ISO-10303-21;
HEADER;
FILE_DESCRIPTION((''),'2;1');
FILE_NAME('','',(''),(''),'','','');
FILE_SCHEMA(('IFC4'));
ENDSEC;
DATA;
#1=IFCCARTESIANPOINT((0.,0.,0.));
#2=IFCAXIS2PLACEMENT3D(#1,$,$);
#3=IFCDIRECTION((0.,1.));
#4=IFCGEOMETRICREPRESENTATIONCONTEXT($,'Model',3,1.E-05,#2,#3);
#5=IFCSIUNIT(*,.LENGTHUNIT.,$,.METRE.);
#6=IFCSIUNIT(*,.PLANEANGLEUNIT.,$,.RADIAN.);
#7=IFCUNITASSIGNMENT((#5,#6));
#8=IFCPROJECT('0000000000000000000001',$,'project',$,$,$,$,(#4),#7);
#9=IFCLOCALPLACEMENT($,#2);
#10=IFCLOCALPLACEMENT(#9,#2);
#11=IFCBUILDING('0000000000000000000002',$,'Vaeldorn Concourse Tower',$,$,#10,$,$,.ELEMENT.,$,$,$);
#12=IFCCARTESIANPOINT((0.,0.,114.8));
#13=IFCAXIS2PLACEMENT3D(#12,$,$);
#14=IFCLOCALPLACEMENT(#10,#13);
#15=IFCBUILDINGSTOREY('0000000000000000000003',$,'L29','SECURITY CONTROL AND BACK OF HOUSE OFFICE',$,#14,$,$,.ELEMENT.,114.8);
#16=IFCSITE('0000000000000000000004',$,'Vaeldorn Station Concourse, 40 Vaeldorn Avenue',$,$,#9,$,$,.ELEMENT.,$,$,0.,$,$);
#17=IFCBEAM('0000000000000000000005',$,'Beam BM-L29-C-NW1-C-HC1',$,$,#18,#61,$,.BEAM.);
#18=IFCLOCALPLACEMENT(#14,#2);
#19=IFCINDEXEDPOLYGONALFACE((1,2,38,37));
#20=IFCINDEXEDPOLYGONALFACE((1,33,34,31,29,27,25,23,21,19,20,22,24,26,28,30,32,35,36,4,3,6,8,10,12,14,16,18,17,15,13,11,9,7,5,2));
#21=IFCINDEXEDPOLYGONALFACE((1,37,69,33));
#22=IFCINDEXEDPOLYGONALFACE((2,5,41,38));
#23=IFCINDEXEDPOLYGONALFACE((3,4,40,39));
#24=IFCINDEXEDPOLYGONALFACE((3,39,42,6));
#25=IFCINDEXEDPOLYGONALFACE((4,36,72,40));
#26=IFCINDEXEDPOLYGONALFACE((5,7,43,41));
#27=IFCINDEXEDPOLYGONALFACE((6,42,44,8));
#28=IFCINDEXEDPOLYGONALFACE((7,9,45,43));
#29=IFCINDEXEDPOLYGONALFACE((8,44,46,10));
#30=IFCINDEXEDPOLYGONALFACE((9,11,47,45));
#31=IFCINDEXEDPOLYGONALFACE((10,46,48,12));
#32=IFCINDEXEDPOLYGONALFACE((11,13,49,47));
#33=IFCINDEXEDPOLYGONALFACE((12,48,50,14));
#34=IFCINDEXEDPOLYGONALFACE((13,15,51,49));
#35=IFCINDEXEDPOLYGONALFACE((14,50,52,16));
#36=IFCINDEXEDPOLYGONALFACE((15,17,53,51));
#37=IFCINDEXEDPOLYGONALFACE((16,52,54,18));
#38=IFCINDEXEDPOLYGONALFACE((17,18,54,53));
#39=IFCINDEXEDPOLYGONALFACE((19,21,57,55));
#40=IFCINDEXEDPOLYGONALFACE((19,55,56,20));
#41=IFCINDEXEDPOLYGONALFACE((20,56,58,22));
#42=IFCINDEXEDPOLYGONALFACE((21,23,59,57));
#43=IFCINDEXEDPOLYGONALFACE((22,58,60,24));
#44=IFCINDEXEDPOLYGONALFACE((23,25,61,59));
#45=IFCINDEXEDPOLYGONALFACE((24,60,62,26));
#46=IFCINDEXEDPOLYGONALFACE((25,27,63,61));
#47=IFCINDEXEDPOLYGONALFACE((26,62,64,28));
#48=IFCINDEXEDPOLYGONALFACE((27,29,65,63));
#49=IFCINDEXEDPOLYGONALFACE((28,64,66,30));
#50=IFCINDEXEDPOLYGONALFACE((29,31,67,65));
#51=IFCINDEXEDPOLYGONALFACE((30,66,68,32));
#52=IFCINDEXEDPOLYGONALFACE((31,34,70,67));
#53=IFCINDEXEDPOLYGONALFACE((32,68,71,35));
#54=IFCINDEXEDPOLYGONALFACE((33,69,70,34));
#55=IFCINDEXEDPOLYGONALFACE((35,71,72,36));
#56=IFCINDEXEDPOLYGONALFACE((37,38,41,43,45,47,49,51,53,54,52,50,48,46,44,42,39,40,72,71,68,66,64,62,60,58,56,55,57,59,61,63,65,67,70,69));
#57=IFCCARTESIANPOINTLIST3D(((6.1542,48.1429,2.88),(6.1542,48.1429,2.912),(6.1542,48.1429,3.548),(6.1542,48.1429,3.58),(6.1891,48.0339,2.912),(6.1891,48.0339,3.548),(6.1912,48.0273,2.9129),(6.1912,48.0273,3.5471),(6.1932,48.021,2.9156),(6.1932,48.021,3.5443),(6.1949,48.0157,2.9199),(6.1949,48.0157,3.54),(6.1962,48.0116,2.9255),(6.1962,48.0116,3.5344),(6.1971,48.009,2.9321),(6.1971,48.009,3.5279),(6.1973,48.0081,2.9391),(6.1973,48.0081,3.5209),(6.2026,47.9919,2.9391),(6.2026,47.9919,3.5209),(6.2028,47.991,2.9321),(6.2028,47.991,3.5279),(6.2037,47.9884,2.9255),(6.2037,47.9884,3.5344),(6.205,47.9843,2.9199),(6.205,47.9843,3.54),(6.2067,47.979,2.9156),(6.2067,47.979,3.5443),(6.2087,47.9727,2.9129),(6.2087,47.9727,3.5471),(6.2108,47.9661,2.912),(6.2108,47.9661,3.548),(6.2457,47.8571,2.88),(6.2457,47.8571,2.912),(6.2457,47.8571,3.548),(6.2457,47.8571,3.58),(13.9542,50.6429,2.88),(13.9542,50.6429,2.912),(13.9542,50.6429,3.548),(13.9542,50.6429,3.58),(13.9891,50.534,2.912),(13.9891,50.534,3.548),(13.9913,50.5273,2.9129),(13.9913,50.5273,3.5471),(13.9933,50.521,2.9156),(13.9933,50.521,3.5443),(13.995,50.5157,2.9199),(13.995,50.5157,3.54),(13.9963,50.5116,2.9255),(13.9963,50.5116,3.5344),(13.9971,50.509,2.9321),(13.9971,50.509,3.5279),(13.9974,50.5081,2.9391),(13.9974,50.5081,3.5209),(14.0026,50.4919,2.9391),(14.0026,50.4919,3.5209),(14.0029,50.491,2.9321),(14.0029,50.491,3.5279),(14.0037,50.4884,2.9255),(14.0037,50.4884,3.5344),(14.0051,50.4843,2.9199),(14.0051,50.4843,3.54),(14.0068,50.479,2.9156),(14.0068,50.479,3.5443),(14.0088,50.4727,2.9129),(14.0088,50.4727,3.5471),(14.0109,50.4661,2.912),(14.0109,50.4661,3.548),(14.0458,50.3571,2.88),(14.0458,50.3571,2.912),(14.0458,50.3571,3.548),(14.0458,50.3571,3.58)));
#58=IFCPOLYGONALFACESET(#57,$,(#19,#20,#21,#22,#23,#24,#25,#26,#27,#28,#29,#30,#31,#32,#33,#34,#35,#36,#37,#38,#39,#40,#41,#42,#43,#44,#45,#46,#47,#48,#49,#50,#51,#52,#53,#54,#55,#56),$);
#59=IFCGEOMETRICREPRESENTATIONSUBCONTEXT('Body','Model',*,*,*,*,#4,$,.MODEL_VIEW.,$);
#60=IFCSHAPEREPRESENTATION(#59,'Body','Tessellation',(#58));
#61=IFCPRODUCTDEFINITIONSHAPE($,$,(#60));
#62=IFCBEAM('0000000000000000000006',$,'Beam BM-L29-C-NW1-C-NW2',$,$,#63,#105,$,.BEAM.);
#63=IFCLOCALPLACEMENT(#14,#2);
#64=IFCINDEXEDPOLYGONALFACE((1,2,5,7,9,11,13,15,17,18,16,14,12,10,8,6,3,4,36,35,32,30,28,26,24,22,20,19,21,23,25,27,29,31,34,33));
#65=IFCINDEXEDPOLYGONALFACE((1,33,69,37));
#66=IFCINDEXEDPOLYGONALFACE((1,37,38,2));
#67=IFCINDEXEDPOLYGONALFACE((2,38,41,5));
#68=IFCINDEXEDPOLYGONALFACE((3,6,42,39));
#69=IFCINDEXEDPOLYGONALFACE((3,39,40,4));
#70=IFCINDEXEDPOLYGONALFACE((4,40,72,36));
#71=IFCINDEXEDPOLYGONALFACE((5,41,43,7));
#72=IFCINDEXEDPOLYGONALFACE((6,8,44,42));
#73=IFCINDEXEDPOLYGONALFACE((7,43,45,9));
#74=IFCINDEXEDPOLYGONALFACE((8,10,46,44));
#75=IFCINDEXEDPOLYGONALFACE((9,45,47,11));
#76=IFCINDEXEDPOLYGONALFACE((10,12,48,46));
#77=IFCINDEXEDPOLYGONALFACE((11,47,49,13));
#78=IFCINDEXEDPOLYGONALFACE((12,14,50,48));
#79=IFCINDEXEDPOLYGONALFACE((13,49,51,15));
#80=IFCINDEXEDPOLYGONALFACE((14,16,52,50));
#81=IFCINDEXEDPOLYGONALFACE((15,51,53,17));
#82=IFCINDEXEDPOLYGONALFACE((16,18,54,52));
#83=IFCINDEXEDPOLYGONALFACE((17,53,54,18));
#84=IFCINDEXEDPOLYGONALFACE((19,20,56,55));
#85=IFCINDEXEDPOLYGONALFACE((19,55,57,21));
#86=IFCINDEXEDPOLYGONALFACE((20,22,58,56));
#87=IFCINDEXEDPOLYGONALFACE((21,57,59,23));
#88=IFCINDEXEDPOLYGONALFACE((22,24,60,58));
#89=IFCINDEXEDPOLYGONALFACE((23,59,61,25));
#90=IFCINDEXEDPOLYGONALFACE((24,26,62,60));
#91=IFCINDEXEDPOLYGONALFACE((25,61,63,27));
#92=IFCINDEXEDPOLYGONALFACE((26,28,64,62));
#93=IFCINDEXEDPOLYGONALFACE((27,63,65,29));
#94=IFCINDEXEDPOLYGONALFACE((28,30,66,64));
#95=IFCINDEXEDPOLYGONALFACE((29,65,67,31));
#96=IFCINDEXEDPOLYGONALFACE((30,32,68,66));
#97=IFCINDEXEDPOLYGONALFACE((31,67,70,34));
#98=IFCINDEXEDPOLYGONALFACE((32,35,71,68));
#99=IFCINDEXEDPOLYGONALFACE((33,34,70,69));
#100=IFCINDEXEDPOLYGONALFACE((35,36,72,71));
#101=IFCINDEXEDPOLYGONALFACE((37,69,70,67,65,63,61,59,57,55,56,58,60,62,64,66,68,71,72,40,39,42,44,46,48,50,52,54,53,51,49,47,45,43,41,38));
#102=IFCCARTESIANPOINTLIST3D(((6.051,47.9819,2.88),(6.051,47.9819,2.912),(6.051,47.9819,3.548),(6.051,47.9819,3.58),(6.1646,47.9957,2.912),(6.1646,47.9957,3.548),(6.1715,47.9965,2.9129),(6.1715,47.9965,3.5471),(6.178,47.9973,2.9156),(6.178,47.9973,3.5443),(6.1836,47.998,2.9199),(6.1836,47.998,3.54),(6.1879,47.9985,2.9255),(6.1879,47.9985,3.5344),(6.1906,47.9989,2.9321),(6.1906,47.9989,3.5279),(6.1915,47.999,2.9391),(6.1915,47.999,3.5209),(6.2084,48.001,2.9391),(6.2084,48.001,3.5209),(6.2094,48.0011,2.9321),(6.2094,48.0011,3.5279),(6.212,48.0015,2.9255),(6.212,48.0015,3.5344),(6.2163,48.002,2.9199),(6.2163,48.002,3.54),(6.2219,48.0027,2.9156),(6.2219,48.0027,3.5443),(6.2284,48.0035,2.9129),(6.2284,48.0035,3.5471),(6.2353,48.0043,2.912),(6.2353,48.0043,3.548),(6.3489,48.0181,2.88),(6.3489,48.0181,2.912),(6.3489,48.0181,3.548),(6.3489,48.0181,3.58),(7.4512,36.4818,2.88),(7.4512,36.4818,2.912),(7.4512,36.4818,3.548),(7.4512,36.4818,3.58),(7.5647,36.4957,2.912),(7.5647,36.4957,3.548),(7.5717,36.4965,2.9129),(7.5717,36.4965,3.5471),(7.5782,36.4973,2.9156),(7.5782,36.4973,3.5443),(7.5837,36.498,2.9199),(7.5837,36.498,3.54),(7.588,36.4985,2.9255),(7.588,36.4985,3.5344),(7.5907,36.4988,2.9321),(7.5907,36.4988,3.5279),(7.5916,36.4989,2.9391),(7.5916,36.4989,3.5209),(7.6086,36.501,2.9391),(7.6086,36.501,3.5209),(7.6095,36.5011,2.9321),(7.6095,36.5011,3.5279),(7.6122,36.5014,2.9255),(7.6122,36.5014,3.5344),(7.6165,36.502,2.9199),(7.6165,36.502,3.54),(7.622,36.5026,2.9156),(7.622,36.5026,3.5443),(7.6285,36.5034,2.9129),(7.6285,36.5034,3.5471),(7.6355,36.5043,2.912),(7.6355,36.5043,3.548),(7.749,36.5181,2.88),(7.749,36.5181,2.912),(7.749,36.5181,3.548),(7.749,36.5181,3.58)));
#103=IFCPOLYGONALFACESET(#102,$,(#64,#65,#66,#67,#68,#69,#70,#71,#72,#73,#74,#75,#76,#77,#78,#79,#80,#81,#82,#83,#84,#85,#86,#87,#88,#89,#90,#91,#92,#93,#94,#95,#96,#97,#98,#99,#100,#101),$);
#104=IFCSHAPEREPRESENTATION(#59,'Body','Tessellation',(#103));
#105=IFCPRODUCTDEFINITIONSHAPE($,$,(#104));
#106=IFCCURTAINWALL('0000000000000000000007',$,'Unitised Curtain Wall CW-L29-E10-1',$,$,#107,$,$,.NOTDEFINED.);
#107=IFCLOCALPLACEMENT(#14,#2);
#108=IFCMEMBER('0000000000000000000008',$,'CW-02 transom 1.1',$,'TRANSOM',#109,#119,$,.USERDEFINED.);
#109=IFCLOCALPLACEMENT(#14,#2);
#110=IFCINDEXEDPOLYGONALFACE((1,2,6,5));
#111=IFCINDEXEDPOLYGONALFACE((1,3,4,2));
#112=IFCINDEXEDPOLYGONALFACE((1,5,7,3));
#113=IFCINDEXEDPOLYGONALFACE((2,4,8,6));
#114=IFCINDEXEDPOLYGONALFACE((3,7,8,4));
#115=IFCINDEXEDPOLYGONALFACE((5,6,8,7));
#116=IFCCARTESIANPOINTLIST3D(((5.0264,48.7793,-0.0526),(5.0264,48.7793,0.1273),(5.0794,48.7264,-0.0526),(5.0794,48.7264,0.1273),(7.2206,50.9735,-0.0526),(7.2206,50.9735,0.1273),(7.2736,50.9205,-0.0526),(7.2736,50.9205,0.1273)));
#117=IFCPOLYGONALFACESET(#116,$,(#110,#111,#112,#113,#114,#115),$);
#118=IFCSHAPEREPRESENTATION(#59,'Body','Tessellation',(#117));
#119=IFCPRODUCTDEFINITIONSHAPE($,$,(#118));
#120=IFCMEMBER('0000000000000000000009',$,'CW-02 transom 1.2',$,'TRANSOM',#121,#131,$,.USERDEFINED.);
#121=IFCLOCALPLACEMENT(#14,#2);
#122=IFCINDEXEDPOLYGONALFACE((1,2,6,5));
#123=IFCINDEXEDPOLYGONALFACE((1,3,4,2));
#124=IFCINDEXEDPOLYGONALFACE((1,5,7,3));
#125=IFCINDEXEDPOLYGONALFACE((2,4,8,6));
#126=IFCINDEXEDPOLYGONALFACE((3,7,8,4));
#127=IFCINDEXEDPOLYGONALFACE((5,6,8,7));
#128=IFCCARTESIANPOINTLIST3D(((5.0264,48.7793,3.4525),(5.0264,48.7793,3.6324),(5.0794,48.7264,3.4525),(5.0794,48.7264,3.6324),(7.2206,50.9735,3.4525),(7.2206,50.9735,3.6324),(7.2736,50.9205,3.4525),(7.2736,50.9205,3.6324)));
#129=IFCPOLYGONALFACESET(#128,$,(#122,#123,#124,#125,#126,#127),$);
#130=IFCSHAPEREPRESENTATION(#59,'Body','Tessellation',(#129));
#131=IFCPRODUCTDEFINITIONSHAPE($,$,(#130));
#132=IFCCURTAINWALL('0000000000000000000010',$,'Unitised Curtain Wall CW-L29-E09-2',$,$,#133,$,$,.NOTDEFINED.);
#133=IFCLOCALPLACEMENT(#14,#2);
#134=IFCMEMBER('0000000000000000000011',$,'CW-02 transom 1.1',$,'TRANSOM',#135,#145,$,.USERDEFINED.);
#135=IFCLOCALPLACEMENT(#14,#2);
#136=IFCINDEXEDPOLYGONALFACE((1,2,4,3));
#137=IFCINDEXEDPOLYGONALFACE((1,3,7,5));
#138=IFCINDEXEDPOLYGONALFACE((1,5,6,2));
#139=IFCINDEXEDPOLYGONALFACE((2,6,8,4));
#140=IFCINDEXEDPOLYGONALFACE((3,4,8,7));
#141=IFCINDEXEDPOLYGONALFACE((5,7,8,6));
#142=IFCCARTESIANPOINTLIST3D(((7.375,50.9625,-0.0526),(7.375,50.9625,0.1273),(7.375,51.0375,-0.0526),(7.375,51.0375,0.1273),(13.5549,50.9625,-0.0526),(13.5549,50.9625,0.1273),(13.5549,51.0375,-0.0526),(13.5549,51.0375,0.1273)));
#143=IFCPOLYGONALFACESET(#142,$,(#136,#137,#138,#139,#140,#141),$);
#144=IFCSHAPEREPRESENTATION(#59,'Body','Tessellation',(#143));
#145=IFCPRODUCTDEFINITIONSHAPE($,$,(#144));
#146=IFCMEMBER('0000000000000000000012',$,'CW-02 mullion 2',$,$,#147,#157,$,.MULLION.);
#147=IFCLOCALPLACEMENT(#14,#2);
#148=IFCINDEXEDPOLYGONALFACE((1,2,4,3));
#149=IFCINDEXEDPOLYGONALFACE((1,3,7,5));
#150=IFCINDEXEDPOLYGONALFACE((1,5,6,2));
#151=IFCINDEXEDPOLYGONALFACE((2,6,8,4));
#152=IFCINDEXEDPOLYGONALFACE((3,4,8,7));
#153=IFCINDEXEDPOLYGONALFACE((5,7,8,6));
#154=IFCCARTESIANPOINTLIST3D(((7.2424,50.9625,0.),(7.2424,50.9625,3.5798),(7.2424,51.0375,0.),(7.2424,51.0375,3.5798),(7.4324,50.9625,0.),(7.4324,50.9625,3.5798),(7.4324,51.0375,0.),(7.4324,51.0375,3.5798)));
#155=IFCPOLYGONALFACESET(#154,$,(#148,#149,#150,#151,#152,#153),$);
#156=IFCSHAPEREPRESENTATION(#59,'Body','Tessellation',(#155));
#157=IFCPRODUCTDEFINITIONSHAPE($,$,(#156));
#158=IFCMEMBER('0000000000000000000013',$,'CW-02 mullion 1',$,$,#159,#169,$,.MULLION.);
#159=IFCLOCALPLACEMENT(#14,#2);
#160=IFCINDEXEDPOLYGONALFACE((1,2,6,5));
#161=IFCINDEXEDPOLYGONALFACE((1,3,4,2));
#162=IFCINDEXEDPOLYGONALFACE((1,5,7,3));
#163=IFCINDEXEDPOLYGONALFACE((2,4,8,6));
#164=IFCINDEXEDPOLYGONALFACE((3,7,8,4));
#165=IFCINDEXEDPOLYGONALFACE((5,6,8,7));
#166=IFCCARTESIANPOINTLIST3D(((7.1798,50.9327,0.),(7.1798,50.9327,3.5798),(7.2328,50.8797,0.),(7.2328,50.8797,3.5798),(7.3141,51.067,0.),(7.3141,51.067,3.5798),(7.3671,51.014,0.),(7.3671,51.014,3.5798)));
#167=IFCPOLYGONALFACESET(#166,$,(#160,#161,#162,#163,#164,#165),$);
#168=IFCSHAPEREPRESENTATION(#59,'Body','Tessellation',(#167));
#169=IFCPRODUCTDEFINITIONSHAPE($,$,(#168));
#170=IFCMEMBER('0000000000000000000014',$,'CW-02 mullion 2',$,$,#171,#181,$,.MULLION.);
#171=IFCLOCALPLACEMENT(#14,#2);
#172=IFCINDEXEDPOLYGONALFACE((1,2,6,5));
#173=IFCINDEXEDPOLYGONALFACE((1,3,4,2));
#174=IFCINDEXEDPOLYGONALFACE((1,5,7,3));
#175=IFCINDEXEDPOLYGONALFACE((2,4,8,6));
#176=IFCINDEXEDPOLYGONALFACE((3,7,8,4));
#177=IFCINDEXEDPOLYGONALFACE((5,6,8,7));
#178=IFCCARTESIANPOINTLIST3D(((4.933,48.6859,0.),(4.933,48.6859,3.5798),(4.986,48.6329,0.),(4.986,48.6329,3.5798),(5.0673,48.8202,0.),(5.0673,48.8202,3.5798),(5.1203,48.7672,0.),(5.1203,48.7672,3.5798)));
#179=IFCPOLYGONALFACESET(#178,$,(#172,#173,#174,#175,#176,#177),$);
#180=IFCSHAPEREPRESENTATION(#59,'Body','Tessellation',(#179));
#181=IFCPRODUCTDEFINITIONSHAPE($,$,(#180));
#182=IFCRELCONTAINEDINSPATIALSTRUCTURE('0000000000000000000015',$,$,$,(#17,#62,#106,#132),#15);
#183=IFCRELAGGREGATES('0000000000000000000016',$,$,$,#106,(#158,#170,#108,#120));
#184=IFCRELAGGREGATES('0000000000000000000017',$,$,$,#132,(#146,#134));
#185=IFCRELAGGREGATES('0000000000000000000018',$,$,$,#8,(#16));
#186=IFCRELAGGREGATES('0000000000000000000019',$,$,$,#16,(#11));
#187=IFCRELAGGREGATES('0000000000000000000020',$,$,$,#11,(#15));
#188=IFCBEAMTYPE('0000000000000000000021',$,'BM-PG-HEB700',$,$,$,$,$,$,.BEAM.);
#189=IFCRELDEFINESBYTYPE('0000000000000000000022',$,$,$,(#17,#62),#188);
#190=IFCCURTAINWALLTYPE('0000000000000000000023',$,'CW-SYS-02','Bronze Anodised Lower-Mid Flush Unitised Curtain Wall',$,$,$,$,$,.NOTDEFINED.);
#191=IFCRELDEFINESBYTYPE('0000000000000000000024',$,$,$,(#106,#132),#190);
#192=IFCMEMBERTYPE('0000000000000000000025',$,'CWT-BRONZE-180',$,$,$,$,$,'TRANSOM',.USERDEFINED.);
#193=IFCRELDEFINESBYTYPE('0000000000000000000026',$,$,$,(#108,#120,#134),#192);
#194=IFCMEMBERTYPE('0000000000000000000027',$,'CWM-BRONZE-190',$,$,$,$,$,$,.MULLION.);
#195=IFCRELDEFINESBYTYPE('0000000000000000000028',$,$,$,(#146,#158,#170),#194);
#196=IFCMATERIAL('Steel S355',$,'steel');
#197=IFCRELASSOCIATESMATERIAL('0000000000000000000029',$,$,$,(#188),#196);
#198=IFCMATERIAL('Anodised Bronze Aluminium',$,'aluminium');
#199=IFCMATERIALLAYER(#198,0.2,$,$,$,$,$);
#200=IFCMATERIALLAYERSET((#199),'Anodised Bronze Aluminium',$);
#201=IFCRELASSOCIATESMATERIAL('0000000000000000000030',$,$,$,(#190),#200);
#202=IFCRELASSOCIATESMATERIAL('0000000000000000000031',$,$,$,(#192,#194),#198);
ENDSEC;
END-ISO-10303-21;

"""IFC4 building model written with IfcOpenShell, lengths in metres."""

from ifc_helpers import new_model, si_unit, direction, frame, origin, origin_2d, place, context, subcontext, project, spatial, rectangle, i_section, extrude, source, transform, mapped, material, layer, layer_set, material_profile, profile_set, type_object, element, aggregate, save


model = new_model("IFC4")

# Units and contexts
model_context = context("Model", 3, precision=1e-05, world=origin(), true_north=direction((0.0, 1.0)))
body_context = subcontext(model_context, "Body", "Model", "MODEL_VIEW")
ifc_project = project(units=[si_unit("LENGTHUNIT", "METRE"), si_unit("PLANEANGLEUNIT", "RADIAN")], contexts=[model_context])

# Site, building, storey
site_placement = place(None, origin())
site = spatial("IfcSite", under=ifc_project, at=site_placement, Name="Vaeldorn Station Concourse, 40 Vaeldorn Avenue", CompositionType="ELEMENT", RefElevation=0.0)
building_placement = place(site_placement, origin())
building = spatial("IfcBuilding", under=site, at=building_placement, Name="Vaeldorn Concourse Tower", CompositionType="ELEMENT")
storey_placement = place(building_placement, frame((0.0, 0.0, 114.8)))
storey = spatial("IfcBuildingStorey", under=building, at=storey_placement, Name="L29", Description="SECURITY CONTROL AND BACK OF HOUSE OFFICE", CompositionType="ELEMENT", Elevation=114.8)

# Beams
ifc_material_1 = material(Name="Steel S355", Category="steel")
ifc_material_profile_1 = material_profile(ifc_material_1, i_section(OverallWidth=0.3, OverallDepth=0.7, WebThickness=0.0171, FlangeThickness=0.032, FilletRadius=0.0271, at=origin_2d()), Name="HEB 700")
ifc_profile_set_1 = profile_set([ifc_material_profile_1], Name="Steel S355")
beam_type_1 = type_object("IfcBeamType", Name="BM-PG-HEB700", PredefinedType="BEAM", material=ifc_profile_set_1)
shared_shape_1 = source(origin(), body_context, "Body", "SweptSolid", [
    extrude(i_section(OverallWidth=0.3, OverallDepth=0.7, WebThickness=0.0171, FlangeThickness=0.032, FilletRadius=0.0271, at=origin_2d()), origin(), (0.0, 0.0, 1.0), 8.1909),
])
beam_1_placement = place(storey_placement, frame((6.2, 48.0, 3.23), z_axis=(0.952283, 0.305217, 0.0), x_axis=(-0.305217, 0.952283, 0.0)))
element("IfcBeam", 1, at=beam_1_placement, inside=storey, type_object=beam_type_1, Name="Beam BM-L29-C-NW1-C-HC1", PredefinedType="BEAM", context=body_context, shape_type="MappedRepresentation", body=[
    mapped(shared_shape_1, transform((0.0, 0.0, 0.0), scale=1.0)),
])
shared_shape_2 = source(origin(), body_context, "Body", "SweptSolid", [
    extrude(i_section(OverallWidth=0.3, OverallDepth=0.7, WebThickness=0.0171, FlangeThickness=0.032, FilletRadius=0.0271, at=origin_2d()), origin(), (0.0, 0.0, 1.0), 11.585),
])
beam_2_placement = place(storey_placement, frame((6.2, 48.0, 3.23), z_axis=(0.120859, -0.99267, 0.0), x_axis=(0.99267, 0.120859, 0.0)))
element("IfcBeam", 2, at=beam_2_placement, inside=storey, type_object=beam_type_1, Name="Beam BM-L29-C-NW1-C-NW2", PredefinedType="BEAM", context=body_context, shape_type="MappedRepresentation", body=[
    mapped(shared_shape_2, transform((0.0, 0.0, 0.0), scale=1.0)),
])

# Curtain walls, members
ifc_material_2 = material(Name="Anodised Bronze Aluminium", Category="aluminium")
ifc_layer_1 = layer(ifc_material_2, 0.2)
ifc_layer_set_1 = layer_set([ifc_layer_1], Name="Anodised Bronze Aluminium")
curtain_wall_type = type_object("IfcCurtainWallType", Name="CW-SYS-02", Description="Bronze Anodised Lower-Mid Flush Unitised Curtain Wall", PredefinedType="NOTDEFINED", material=ifc_layer_set_1)
curtain_wall_1_placement = place(storey_placement, origin())
curtain_wall_1 = element("IfcCurtainWall", 3, at=curtain_wall_1_placement, inside=storey, type_object=curtain_wall_type, Name="Unitised Curtain Wall CW-L29-E10-1", PredefinedType="NOTDEFINED")
ifc_material_profile_2 = material_profile(ifc_material_2, rectangle(XDim=0.075, YDim=0.1799, at=origin_2d()), Name="CWT 75x180")
ifc_profile_set_2 = profile_set([ifc_material_profile_2], Name="Anodised Bronze Aluminium")
member_type_1 = type_object("IfcMemberType", Name="CWT-BRONZE-180", ElementType="TRANSOM", PredefinedType="USERDEFINED", material=ifc_profile_set_2)
shared_shape_3 = source(origin(), body_context, "Body", "SweptSolid", [
    extrude(rectangle(XDim=0.075, YDim=0.1799, at=origin_2d()), origin(), (0.0, 0.0, 1.0), 3.103),
])
member_1_placement = place(storey_placement, frame((7.2471, 50.947, 0.0374), z_axis=(-0.707107, -0.707107, 0.0), x_axis=(0.707107, -0.707107, 0.0)))
member_1 = element("IfcMember", 4, at=member_1_placement, type_object=member_type_1, Name="CW-02 transom 1.1", ObjectType="TRANSOM", PredefinedType="USERDEFINED", context=body_context, shape_type="MappedRepresentation", body=[
    mapped(shared_shape_3, transform((0.0, 0.0, 0.0), scale=1.0)),
])
member_2_placement = place(storey_placement, frame((7.2471, 50.947, 3.5425), z_axis=(-0.707107, -0.707107, 0.0), x_axis=(0.707107, -0.707107, 0.0)))
member_2 = element("IfcMember", 5, at=member_2_placement, type_object=member_type_1, Name="CW-02 transom 1.2", ObjectType="TRANSOM", PredefinedType="USERDEFINED", context=body_context, shape_type="MappedRepresentation", body=[
    mapped(shared_shape_3, transform((0.0, 0.0, 0.0), scale=1.0)),
])
curtain_wall_2_placement = place(storey_placement, origin())
curtain_wall_2 = element("IfcCurtainWall", 6, at=curtain_wall_2_placement, inside=storey, type_object=curtain_wall_type, Name="Unitised Curtain Wall CW-L29-E09-2", PredefinedType="NOTDEFINED")
shared_shape_4 = source(origin(), body_context, "Body", "SweptSolid", [
    extrude(rectangle(XDim=0.075, YDim=0.1799, at=origin_2d()), origin(), (0.0, 0.0, 1.0), 6.1799),
])
member_3_placement = place(storey_placement, frame((13.5549, 51.0, 0.0374), z_axis=(-1.0, 0.0, 0.0), x_axis=(0.0, -1.0, 0.0)))
member_3 = element("IfcMember", 7, at=member_3_placement, type_object=member_type_1, Name="CW-02 transom 1.1", ObjectType="TRANSOM", PredefinedType="USERDEFINED", context=body_context, shape_type="MappedRepresentation", body=[
    mapped(shared_shape_4, transform((0.0, 0.0, 0.0), scale=1.0)),
])
ifc_material_profile_3 = material_profile(ifc_material_2, rectangle(XDim=0.075, YDim=0.1899, at=origin_2d()), Name="CWM 75x190")
ifc_profile_set_3 = profile_set([ifc_material_profile_3], Name="Anodised Bronze Aluminium")
member_type_2 = type_object("IfcMemberType", Name="CWM-BRONZE-190", PredefinedType="MULLION", material=ifc_profile_set_3)
shared_shape_5 = source(origin(), body_context, "Body", "SweptSolid", [
    extrude(rectangle(XDim=0.075, YDim=0.1899, at=origin_2d()), origin(), (0.0, 0.0, 1.0), 3.5798),
])
member_4_placement = place(storey_placement, frame((7.3374, 51.0, 0.0), z_axis=(0.0, 0.0, 1.0), x_axis=(0.0, -1.0, 0.0)))
member_4 = element("IfcMember", 8, at=member_4_placement, type_object=member_type_2, Name="CW-02 mullion 2", PredefinedType="MULLION", context=body_context, shape_type="MappedRepresentation", body=[
    mapped(shared_shape_5, transform((0.0, 0.0, 0.0), scale=1.0)),
])

# Members
member_5_placement = place(storey_placement, frame((7.2734, 50.9734, 0.0), z_axis=(0.0, 0.0, 1.0), x_axis=(0.707107, -0.707107, 0.0)))
member_5 = element("IfcMember", 9, at=member_5_placement, type_object=member_type_2, Name="CW-02 mullion 1", PredefinedType="MULLION", context=body_context, shape_type="MappedRepresentation", body=[
    mapped(shared_shape_5, transform((0.0, 0.0, 0.0), scale=1.0)),
])
member_6_placement = place(storey_placement, frame((5.0266, 48.7266, 0.0), z_axis=(0.0, 0.0, 1.0), x_axis=(0.707107, -0.707107, 0.0)))
member_6 = element("IfcMember", 10, at=member_6_placement, type_object=member_type_2, Name="CW-02 mullion 2", PredefinedType="MULLION", context=body_context, shape_type="MappedRepresentation", body=[
    mapped(shared_shape_5, transform((0.0, 0.0, 0.0), scale=1.0)),
])

aggregate(curtain_wall_1, [member_5, member_6, member_1, member_2])
aggregate(curtain_wall_2, [member_4, member_3])

save(model, "model.ifc")
